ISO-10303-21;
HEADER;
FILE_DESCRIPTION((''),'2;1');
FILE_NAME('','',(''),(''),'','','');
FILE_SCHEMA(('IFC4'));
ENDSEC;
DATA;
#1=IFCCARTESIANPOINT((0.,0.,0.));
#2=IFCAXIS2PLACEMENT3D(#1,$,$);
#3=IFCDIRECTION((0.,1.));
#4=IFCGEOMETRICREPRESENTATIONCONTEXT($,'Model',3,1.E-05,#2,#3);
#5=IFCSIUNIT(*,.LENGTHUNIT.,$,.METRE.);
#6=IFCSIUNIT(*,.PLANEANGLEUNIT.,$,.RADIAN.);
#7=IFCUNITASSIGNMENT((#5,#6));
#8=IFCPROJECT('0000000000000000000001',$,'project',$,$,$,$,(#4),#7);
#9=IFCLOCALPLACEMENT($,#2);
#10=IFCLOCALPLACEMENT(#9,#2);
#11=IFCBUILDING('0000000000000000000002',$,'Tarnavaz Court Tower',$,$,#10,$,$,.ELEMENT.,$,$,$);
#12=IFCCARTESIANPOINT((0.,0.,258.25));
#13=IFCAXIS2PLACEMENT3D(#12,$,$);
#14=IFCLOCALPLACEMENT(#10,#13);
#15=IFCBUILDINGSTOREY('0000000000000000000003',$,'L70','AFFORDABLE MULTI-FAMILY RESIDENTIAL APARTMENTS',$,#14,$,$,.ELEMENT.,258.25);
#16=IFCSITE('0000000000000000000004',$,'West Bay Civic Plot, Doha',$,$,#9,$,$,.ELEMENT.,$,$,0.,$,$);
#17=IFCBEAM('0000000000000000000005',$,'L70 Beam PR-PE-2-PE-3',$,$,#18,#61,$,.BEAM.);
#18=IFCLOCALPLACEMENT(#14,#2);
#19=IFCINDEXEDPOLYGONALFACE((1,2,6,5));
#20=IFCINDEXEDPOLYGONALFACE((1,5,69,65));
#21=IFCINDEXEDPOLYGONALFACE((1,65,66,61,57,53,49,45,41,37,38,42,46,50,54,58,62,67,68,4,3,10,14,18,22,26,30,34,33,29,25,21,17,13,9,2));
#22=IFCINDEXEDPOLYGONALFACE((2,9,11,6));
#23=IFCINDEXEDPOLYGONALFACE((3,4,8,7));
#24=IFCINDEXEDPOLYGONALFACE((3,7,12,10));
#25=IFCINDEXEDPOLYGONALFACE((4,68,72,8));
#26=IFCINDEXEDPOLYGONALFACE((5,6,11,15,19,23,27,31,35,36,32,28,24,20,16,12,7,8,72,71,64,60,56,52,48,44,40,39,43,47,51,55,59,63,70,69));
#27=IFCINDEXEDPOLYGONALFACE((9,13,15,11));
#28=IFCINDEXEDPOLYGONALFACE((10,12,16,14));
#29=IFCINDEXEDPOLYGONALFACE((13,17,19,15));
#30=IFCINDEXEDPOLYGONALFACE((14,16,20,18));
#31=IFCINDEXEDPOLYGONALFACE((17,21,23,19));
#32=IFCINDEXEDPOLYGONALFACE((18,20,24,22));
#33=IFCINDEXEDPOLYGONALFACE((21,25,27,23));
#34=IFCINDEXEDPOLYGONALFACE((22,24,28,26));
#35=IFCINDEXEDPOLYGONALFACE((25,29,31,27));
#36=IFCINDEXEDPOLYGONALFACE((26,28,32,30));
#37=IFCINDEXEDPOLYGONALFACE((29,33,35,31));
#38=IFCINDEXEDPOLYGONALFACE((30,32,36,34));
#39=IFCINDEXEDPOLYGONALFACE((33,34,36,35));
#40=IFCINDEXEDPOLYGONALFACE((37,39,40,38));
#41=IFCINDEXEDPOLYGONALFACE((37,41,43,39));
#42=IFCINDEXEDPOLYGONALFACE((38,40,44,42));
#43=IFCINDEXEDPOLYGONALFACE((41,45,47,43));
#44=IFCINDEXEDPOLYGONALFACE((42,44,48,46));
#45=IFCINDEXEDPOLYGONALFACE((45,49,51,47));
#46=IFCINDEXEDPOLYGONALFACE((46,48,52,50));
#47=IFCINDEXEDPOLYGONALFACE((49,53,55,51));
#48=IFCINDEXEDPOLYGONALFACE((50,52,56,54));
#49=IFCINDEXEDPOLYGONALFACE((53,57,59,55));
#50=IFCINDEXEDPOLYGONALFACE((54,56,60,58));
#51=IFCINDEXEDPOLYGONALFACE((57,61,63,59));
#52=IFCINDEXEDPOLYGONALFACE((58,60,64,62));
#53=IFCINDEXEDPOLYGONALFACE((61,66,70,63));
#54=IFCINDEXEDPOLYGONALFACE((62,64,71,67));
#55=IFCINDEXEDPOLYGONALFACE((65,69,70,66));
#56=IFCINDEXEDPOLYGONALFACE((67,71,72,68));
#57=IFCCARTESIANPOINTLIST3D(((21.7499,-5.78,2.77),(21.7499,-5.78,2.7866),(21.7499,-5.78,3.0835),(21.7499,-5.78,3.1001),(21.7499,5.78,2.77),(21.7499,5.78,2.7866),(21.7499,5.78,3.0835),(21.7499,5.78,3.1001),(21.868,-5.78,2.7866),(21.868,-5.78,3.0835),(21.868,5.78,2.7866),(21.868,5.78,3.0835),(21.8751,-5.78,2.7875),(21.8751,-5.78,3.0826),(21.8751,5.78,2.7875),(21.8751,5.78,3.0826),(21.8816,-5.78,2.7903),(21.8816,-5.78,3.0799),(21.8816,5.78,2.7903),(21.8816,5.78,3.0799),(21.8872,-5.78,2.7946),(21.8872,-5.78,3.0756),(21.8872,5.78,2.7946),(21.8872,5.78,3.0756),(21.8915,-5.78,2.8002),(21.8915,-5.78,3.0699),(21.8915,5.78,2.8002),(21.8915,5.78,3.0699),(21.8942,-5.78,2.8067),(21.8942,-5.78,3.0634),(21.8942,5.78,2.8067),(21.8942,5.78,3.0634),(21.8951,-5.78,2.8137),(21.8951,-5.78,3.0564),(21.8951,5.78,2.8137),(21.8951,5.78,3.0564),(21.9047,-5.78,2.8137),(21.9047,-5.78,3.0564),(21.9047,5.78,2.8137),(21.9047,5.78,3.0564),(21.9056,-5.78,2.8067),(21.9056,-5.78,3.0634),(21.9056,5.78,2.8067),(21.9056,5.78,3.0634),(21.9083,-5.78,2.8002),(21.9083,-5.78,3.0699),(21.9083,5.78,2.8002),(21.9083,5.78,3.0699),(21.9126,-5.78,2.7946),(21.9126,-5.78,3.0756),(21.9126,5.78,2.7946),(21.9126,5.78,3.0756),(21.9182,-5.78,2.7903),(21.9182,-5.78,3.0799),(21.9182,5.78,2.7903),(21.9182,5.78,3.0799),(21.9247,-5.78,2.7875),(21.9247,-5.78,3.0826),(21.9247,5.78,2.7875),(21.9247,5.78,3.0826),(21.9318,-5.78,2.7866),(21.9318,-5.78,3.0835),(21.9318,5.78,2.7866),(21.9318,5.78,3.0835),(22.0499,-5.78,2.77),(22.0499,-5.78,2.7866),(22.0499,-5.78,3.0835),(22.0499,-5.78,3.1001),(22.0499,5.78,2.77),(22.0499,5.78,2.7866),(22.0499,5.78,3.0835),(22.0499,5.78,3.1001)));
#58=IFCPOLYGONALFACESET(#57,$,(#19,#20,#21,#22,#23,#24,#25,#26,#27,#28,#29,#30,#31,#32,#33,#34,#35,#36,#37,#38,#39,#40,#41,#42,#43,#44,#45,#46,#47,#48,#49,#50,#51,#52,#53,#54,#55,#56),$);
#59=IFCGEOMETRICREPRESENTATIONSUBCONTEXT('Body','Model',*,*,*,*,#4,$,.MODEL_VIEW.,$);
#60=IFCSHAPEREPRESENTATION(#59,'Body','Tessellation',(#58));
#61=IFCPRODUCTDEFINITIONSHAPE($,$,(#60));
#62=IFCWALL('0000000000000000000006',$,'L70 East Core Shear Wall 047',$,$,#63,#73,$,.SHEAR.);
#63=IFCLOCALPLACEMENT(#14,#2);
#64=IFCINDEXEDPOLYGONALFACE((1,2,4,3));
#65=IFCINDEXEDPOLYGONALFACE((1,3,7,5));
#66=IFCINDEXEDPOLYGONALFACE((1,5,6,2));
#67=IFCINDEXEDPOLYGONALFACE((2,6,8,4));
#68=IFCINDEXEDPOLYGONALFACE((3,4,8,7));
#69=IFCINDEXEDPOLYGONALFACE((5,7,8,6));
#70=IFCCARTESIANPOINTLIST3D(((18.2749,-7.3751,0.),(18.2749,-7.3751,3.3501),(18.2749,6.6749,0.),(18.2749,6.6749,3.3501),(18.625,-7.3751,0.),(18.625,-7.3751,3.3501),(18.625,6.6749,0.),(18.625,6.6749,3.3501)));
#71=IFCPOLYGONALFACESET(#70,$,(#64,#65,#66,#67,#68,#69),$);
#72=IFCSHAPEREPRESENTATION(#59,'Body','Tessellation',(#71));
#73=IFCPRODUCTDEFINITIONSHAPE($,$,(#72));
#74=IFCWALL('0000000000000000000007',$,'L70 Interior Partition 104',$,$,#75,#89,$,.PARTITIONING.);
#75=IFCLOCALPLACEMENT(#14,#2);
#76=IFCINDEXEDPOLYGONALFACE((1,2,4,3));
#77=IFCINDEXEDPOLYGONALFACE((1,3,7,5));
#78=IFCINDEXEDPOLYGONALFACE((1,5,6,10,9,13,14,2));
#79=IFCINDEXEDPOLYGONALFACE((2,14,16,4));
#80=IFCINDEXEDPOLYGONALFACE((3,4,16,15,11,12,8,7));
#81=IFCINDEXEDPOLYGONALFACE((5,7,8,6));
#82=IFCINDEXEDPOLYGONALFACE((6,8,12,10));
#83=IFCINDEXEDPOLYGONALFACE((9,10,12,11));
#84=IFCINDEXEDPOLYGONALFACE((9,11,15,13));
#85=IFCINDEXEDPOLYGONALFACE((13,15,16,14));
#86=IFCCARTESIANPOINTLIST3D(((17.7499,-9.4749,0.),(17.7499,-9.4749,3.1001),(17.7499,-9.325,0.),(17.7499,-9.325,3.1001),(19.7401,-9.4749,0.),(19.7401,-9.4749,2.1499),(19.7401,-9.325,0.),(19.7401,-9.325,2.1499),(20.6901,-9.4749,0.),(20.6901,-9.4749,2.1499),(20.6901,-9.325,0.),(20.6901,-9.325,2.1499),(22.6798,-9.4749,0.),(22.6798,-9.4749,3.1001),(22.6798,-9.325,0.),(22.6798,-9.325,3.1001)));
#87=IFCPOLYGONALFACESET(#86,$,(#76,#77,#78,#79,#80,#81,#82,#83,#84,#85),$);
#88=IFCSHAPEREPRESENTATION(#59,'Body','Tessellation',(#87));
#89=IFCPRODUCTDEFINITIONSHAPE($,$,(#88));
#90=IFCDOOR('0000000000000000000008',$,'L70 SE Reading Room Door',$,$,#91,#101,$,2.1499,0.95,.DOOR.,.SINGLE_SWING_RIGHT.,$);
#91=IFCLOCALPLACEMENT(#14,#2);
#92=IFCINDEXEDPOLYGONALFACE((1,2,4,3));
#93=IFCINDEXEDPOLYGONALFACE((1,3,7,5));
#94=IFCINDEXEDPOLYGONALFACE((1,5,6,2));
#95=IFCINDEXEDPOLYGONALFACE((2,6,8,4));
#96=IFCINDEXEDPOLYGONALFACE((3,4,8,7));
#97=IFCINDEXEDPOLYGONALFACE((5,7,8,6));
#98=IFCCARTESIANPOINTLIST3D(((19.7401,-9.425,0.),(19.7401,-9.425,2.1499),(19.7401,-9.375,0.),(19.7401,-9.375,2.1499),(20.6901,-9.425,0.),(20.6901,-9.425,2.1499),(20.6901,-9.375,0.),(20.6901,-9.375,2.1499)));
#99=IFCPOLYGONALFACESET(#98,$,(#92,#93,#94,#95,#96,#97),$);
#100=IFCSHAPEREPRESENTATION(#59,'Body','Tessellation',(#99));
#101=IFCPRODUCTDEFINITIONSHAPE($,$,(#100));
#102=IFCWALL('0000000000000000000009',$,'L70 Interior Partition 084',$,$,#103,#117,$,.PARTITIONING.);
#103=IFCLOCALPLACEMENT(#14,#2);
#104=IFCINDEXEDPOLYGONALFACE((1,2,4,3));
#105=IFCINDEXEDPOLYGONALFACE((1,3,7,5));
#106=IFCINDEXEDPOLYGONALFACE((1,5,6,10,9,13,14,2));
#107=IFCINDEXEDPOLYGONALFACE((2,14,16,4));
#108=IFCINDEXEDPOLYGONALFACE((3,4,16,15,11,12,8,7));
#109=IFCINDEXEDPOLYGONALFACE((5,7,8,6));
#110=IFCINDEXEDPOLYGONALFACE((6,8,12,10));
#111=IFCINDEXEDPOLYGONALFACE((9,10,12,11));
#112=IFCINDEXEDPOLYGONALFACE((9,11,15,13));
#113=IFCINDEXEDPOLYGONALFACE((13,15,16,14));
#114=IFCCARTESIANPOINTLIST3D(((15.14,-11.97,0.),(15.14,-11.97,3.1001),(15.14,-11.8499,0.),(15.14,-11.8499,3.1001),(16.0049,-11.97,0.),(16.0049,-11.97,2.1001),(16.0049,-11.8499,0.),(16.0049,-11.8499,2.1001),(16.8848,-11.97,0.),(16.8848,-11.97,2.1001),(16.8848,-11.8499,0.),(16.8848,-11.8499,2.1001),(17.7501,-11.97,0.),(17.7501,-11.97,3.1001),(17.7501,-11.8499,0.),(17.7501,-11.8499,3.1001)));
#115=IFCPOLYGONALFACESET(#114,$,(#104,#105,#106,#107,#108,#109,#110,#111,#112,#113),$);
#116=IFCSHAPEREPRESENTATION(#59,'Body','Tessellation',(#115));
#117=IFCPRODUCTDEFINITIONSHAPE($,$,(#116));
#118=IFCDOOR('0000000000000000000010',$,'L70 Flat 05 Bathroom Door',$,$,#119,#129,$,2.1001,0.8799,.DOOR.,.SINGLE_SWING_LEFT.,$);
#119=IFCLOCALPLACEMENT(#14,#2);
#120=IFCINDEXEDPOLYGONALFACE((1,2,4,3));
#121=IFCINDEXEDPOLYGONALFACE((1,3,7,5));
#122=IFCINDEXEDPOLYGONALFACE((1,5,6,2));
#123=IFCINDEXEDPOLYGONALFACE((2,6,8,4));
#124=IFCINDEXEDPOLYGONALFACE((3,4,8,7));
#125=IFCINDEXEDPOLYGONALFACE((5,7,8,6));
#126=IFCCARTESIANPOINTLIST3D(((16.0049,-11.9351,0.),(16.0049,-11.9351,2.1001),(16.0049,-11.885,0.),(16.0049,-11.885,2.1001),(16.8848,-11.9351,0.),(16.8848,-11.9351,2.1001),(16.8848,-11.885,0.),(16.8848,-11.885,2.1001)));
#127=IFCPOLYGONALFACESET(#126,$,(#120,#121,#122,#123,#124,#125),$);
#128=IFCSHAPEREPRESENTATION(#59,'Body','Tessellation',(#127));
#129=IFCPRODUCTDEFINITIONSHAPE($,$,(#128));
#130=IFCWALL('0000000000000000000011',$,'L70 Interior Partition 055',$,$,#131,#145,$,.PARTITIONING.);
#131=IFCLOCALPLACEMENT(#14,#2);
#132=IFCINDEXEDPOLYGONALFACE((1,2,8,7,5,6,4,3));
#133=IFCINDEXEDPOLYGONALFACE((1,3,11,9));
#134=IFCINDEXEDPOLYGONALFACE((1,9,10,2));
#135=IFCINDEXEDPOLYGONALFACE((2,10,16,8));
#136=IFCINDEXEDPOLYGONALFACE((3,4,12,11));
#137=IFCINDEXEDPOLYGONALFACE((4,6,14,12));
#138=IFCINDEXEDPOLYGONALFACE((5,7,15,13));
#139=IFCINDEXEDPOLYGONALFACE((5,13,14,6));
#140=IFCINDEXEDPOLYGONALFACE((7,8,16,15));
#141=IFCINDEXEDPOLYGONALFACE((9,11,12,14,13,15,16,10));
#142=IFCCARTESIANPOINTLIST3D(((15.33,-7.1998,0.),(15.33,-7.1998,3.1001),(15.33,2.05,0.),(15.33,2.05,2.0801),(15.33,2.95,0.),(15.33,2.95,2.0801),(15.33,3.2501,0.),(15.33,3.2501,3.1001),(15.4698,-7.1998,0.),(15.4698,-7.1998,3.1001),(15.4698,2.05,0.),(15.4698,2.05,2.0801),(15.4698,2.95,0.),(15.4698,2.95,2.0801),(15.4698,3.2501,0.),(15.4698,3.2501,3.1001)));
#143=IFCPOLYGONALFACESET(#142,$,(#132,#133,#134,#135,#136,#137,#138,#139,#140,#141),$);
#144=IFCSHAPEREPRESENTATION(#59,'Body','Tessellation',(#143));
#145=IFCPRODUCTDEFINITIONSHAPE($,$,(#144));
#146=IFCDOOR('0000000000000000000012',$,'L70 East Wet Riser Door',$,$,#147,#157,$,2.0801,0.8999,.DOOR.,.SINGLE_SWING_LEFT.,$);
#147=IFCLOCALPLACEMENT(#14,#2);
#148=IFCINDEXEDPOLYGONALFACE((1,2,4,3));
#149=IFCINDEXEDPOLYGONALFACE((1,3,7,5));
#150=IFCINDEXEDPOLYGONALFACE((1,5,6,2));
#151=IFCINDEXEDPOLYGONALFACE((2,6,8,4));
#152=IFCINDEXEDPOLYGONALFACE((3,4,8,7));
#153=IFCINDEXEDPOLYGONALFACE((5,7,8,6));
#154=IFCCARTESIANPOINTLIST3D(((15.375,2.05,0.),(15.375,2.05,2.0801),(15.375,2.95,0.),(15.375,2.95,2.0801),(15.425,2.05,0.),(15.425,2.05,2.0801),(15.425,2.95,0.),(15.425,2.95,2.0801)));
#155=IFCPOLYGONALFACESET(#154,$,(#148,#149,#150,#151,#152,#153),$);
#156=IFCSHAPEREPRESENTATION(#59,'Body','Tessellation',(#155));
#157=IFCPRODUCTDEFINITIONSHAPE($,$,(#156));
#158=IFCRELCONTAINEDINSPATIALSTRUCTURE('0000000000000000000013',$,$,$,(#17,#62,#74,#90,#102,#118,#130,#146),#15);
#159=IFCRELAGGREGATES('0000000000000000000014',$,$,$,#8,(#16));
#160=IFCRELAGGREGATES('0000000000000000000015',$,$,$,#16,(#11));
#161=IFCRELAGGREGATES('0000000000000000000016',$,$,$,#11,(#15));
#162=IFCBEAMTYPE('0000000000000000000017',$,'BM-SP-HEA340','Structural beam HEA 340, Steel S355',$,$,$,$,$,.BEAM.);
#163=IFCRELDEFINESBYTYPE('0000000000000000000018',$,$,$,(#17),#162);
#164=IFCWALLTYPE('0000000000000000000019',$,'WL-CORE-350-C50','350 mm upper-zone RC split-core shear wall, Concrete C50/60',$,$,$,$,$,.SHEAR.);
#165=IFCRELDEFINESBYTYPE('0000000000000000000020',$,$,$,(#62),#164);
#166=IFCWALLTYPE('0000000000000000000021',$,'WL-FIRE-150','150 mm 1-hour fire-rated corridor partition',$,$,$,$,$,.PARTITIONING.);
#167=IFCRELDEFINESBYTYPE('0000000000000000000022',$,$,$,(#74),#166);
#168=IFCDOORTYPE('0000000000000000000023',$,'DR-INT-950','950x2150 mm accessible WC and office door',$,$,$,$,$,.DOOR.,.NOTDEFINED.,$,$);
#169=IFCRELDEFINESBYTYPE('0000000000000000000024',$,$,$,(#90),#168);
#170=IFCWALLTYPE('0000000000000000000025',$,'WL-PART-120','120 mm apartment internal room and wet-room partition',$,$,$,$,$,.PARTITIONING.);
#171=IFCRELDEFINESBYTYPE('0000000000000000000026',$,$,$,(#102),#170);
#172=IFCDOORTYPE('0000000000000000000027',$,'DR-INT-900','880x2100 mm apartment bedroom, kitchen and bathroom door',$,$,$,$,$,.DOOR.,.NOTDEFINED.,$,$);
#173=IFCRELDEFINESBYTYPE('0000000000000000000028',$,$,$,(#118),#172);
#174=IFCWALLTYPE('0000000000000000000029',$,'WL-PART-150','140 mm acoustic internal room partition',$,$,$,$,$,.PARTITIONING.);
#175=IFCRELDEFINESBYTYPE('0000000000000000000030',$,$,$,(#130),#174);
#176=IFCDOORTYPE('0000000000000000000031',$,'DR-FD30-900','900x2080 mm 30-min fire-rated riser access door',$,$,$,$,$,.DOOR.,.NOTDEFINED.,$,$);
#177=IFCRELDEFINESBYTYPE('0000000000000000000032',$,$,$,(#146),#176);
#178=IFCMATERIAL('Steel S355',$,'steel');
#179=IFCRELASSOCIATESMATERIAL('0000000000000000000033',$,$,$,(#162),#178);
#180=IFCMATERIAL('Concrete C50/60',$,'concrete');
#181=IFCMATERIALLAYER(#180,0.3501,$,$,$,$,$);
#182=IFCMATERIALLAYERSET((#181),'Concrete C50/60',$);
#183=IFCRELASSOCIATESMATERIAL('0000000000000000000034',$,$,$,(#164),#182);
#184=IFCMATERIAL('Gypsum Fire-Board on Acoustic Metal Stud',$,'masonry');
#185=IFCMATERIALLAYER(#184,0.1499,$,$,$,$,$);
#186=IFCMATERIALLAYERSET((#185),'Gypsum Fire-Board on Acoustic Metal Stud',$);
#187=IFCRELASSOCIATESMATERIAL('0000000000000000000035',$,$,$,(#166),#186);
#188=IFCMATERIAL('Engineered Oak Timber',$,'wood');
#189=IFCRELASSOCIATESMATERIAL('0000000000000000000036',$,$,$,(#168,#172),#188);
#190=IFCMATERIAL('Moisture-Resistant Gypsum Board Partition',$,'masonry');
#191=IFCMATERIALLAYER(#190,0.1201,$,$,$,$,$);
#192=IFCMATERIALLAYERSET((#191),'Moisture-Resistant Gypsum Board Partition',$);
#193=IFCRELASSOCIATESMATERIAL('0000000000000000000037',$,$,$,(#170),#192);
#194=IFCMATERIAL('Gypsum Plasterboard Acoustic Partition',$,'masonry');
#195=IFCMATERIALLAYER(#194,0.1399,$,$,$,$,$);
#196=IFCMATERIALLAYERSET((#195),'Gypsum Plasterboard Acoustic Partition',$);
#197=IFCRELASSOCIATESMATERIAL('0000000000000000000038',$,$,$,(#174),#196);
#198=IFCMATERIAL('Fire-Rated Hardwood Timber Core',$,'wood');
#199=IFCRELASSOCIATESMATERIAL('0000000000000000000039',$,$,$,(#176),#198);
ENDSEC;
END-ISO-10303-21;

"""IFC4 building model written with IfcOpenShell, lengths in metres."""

from ifc_helpers import new_model, si_unit, direction, frame, frame_2d, origin, origin_2d, place, context, subcontext, project, spatial, rectangle, i_section, extrude, material, layer, layer_set, material_profile, profile_set, type_object, element, fill, save


model = new_model("IFC4")

# Units and contexts
model_context = context("Model", 3, precision=1e-05, world=origin(), true_north=direction((0.0, 1.0)))
body_context = subcontext(model_context, "Body", "Model", "MODEL_VIEW")
ifc_project = project(units=[si_unit("LENGTHUNIT", "METRE"), si_unit("PLANEANGLEUNIT", "RADIAN")], contexts=[model_context])

# Site, building, storey
site_placement = place(None, origin())
site = spatial("IfcSite", under=ifc_project, at=site_placement, Name="West Bay Civic Plot, Doha", CompositionType="ELEMENT", RefElevation=0.0)
building_placement = place(site_placement, origin())
building = spatial("IfcBuilding", under=site, at=building_placement, Name="Tarnavaz Court Tower", CompositionType="ELEMENT")
storey_placement = place(building_placement, frame((0.0, 0.0, 258.25)))
storey = spatial("IfcBuildingStorey", under=building, at=storey_placement, Name="L70", Description="AFFORDABLE MULTI-FAMILY RESIDENTIAL APARTMENTS", CompositionType="ELEMENT", Elevation=258.25)

# Shared definitions
ifc_material_1 = material(Name="Concrete C50/60", Category="concrete")

# Beam
ifc_material_2 = material(Name="Steel S355", Category="steel")
ifc_material_profile_1 = material_profile(ifc_material_2, i_section(OverallWidth=0.3, OverallDepth=0.3301, WebThickness=0.0095, FlangeThickness=0.0166, FilletRadius=0.0271, at=origin_2d()), Name="HEA 340")
ifc_profile_set_1 = profile_set([ifc_material_profile_1], Name="Steel S355")
beam_type_1 = type_object("IfcBeamType", Name="BM-SP-HEA340", Description="Structural beam HEA 340, Steel S355", PredefinedType="BEAM", material=ifc_profile_set_1)
beam_1_placement = place(storey_placement, frame((21.8999, -5.78, 2.9351), z_axis=(0.0, 1.0, 0.0), x_axis=(-1.0, 0.0, 0.0)))
element("IfcBeam", 1, at=beam_1_placement, inside=storey, type_object=beam_type_1, Name="L70 Beam PR-PE-2-PE-3", PredefinedType="BEAM", context=body_context, shape_type="SweptSolid", body=[
    extrude(i_section(OverallWidth=0.3, OverallDepth=0.3301, WebThickness=0.0095, FlangeThickness=0.0166, FilletRadius=0.0271, at=origin_2d()), origin(), (0.0, 0.0, 1.0), 11.5601),
])

# Wall
ifc_layer_1 = layer(ifc_material_1, 0.3501)
ifc_layer_set_1 = layer_set([ifc_layer_1], Name="Concrete C50/60")
wall_type_1 = type_object("IfcWallType", Name="WL-CORE-350-C50", Description="350 mm upper-zone RC split-core shear wall, Concrete C50/60", PredefinedType="SHEAR", material=ifc_layer_set_1)
wall_1_placement = place(storey_placement, frame((18.45, -7.375, 0.0), z_axis=(0.0, 0.0, 1.0), x_axis=(0.0, 1.0, 0.0)))
element("IfcWall", 2, at=wall_1_placement, inside=storey, type_object=wall_type_1, Name="L70 East Core Shear Wall 047", PredefinedType="SHEAR", context=body_context, shape_type="SweptSolid", body=[
    extrude(rectangle(XDim=14.05, YDim=0.3501, at=frame_2d((7.0249, 0.0))), origin(), (0.0, 0.0, 1.0), 3.3501),
])

# Walls, openings, doors
ifc_material_3 = material(Name="Gypsum Fire-Board on Acoustic Metal Stud", Category="masonry")
ifc_layer_2 = layer(ifc_material_3, 0.1499)
ifc_layer_set_2 = layer_set([ifc_layer_2], Name="Gypsum Fire-Board on Acoustic Metal Stud")
wall_type_2 = type_object("IfcWallType", Name="WL-FIRE-150", Description="150 mm 1-hour fire-rated corridor partition", PredefinedType="PARTITIONING", material=ifc_layer_set_2)
ifc_material_4 = material(Name="Engineered Oak Timber", Category="wood")
wall_2_placement = place(storey_placement, frame((17.75, -9.3999, 0.0), z_axis=(0.0, 0.0, 1.0), x_axis=(1.0, 0.0, 0.0)))
wall_2 = element("IfcWall", 3, at=wall_2_placement, inside=storey, type_object=wall_type_2, Name="L70 Interior Partition 104", PredefinedType="PARTITIONING", context=body_context, shape_type="SweptSolid", body=[
    extrude(rectangle(XDim=4.9299, YDim=0.1499, at=frame_2d((2.4648, 0.0))), origin(), (0.0, 0.0, 1.0), 3.1001),
])
opening_1_placement = place(wall_2_placement, frame((1.99, 0.0, 0.0)))
opening_1 = element("IfcOpeningElement", 4, at=opening_1_placement, cuts=wall_2, PredefinedType="OPENING", context=body_context, shape_type="SweptSolid", body=[
    extrude(rectangle(XDim=0.95, YDim=2.1499, at=frame_2d((0.4751, 1.075))), frame((0.0, 0.085, 0.0), z_axis=(0.0, -1.0, 0.0), x_axis=(1.0, 0.0, 0.0)), (0.0, 0.0, 1.0), 0.1699),
])
door_type_1 = type_object("IfcDoorType", Name="DR-INT-950", Description="950x2150 mm accessible WC and office door", OperationType="NOTDEFINED", PredefinedType="DOOR", material=ifc_material_4)
door_1_placement = place(opening_1_placement, origin())
door_1 = element("IfcDoor", 5, at=door_1_placement, inside=storey, type_object=door_type_1, Name="L70 SE Reading Room Door", OperationType="SINGLE_SWING_RIGHT", OverallHeight=2.1499, OverallWidth=0.95, PredefinedType="DOOR", context=body_context, shape_type="SweptSolid", body=[
    extrude(rectangle(XDim=0.95, YDim=2.1499, at=frame_2d((0.4751, 1.075))), frame((0.0, 0.0249, 0.0), z_axis=(0.0, -1.0, 0.0), x_axis=(1.0, 0.0, 0.0)), (0.0, 0.0, 1.0), 0.05),
])
fill(opening_1, door_1)
ifc_material_5 = material(Name="Moisture-Resistant Gypsum Board Partition", Category="masonry")
ifc_layer_3 = layer(ifc_material_5, 0.1201)
ifc_layer_set_3 = layer_set([ifc_layer_3], Name="Moisture-Resistant Gypsum Board Partition")
wall_type_3 = type_object("IfcWallType", Name="WL-PART-120", Description="120 mm apartment internal room and wet-room partition", PredefinedType="PARTITIONING", material=ifc_layer_set_3)
wall_3_placement = place(storey_placement, frame((15.1399, -11.9099, 0.0), z_axis=(0.0, 0.0, 1.0), x_axis=(1.0, 0.0, 0.0)))
wall_3 = element("IfcWall", 6, at=wall_3_placement, inside=storey, type_object=wall_type_3, Name="L70 Interior Partition 084", PredefinedType="PARTITIONING", context=body_context, shape_type="SweptSolid", body=[
    extrude(rectangle(XDim=2.6101, YDim=0.1201, at=frame_2d((1.3052, 0.0))), origin(), (0.0, 0.0, 1.0), 3.1001),
])
opening_2_placement = place(wall_3_placement, frame((0.865, 0.0, 0.0)))
opening_2 = element("IfcOpeningElement", 7, at=opening_2_placement, cuts=wall_3, PredefinedType="OPENING", context=body_context, shape_type="SweptSolid", body=[
    extrude(rectangle(XDim=0.8799, YDim=2.1001, at=frame_2d((0.4399, 1.05))), frame((0.0, 0.0701, 0.0), z_axis=(0.0, -1.0, 0.0), x_axis=(1.0, 0.0, 0.0)), (0.0, 0.0, 1.0), 0.1401),
])
door_type_2 = type_object("IfcDoorType", Name="DR-INT-900", Description="880x2100 mm apartment bedroom, kitchen and bathroom door", OperationType="NOTDEFINED", PredefinedType="DOOR", material=ifc_material_4)
door_2_placement = place(opening_2_placement, origin())
door_2 = element("IfcDoor", 8, at=door_2_placement, inside=storey, type_object=door_type_2, Name="L70 Flat 05 Bathroom Door", OperationType="SINGLE_SWING_LEFT", OverallHeight=2.1001, OverallWidth=0.8799, PredefinedType="DOOR", context=body_context, shape_type="SweptSolid", body=[
    extrude(rectangle(XDim=0.8799, YDim=2.1001, at=frame_2d((0.4399, 1.05))), frame((0.0, 0.0249, 0.0), z_axis=(0.0, -1.0, 0.0), x_axis=(1.0, 0.0, 0.0)), (0.0, 0.0, 1.0), 0.05),
])
fill(opening_2, door_2)
ifc_material_6 = material(Name="Gypsum Plasterboard Acoustic Partition", Category="masonry")
ifc_layer_4 = layer(ifc_material_6, 0.1399)
ifc_layer_set_4 = layer_set([ifc_layer_4], Name="Gypsum Plasterboard Acoustic Partition")
wall_type_4 = type_object("IfcWallType", Name="WL-PART-150", Description="140 mm acoustic internal room partition", PredefinedType="PARTITIONING", material=ifc_layer_set_4)
wall_4_placement = place(storey_placement, frame((15.3999, -7.2, 0.0), z_axis=(0.0, 0.0, 1.0), x_axis=(0.0, 1.0, 0.0)))
wall_4 = element("IfcWall", 9, at=wall_4_placement, inside=storey, type_object=wall_type_4, Name="L70 Interior Partition 055", PredefinedType="PARTITIONING", context=body_context, shape_type="SweptSolid", body=[
    extrude(rectangle(XDim=10.45, YDim=0.1399, at=frame_2d((5.2251, 0.0))), origin(), (0.0, 0.0, 1.0), 3.1001),
])
opening_3_placement = place(wall_4_placement, frame((9.25, 0.0, 0.0)))
opening_3 = element("IfcOpeningElement", 10, at=opening_3_placement, cuts=wall_4, PredefinedType="OPENING", context=body_context, shape_type="SweptSolid", body=[
    extrude(rectangle(XDim=0.8999, YDim=2.0801, at=frame_2d((0.45, 1.04))), frame((0.0, 0.0798, 0.0), z_axis=(0.0, -1.0, 0.0), x_axis=(1.0, 0.0, 0.0)), (0.0, 0.0, 1.0), 0.1599),
])
ifc_material_7 = material(Name="Fire-Rated Hardwood Timber Core", Category="wood")
door_type_3 = type_object("IfcDoorType", Name="DR-FD30-900", Description="900x2080 mm 30-min fire-rated riser access door", OperationType="NOTDEFINED", PredefinedType="DOOR", material=ifc_material_7)
door_3_placement = place(opening_3_placement, origin())
door_3 = element("IfcDoor", 11, at=door_3_placement, inside=storey, type_object=door_type_3, Name="L70 East Wet Riser Door", OperationType="SINGLE_SWING_LEFT", OverallHeight=2.0801, OverallWidth=0.8999, PredefinedType="DOOR", context=body_context, shape_type="SweptSolid", body=[
    extrude(rectangle(XDim=0.8999, YDim=2.0801, at=frame_2d((0.45, 1.04))), frame((0.0, 0.0249, 0.0), z_axis=(0.0, -1.0, 0.0), x_axis=(1.0, 0.0, 0.0)), (0.0, 0.0, 1.0), 0.05),
])
fill(opening_3, door_3)

save(model, "model.ifc")
